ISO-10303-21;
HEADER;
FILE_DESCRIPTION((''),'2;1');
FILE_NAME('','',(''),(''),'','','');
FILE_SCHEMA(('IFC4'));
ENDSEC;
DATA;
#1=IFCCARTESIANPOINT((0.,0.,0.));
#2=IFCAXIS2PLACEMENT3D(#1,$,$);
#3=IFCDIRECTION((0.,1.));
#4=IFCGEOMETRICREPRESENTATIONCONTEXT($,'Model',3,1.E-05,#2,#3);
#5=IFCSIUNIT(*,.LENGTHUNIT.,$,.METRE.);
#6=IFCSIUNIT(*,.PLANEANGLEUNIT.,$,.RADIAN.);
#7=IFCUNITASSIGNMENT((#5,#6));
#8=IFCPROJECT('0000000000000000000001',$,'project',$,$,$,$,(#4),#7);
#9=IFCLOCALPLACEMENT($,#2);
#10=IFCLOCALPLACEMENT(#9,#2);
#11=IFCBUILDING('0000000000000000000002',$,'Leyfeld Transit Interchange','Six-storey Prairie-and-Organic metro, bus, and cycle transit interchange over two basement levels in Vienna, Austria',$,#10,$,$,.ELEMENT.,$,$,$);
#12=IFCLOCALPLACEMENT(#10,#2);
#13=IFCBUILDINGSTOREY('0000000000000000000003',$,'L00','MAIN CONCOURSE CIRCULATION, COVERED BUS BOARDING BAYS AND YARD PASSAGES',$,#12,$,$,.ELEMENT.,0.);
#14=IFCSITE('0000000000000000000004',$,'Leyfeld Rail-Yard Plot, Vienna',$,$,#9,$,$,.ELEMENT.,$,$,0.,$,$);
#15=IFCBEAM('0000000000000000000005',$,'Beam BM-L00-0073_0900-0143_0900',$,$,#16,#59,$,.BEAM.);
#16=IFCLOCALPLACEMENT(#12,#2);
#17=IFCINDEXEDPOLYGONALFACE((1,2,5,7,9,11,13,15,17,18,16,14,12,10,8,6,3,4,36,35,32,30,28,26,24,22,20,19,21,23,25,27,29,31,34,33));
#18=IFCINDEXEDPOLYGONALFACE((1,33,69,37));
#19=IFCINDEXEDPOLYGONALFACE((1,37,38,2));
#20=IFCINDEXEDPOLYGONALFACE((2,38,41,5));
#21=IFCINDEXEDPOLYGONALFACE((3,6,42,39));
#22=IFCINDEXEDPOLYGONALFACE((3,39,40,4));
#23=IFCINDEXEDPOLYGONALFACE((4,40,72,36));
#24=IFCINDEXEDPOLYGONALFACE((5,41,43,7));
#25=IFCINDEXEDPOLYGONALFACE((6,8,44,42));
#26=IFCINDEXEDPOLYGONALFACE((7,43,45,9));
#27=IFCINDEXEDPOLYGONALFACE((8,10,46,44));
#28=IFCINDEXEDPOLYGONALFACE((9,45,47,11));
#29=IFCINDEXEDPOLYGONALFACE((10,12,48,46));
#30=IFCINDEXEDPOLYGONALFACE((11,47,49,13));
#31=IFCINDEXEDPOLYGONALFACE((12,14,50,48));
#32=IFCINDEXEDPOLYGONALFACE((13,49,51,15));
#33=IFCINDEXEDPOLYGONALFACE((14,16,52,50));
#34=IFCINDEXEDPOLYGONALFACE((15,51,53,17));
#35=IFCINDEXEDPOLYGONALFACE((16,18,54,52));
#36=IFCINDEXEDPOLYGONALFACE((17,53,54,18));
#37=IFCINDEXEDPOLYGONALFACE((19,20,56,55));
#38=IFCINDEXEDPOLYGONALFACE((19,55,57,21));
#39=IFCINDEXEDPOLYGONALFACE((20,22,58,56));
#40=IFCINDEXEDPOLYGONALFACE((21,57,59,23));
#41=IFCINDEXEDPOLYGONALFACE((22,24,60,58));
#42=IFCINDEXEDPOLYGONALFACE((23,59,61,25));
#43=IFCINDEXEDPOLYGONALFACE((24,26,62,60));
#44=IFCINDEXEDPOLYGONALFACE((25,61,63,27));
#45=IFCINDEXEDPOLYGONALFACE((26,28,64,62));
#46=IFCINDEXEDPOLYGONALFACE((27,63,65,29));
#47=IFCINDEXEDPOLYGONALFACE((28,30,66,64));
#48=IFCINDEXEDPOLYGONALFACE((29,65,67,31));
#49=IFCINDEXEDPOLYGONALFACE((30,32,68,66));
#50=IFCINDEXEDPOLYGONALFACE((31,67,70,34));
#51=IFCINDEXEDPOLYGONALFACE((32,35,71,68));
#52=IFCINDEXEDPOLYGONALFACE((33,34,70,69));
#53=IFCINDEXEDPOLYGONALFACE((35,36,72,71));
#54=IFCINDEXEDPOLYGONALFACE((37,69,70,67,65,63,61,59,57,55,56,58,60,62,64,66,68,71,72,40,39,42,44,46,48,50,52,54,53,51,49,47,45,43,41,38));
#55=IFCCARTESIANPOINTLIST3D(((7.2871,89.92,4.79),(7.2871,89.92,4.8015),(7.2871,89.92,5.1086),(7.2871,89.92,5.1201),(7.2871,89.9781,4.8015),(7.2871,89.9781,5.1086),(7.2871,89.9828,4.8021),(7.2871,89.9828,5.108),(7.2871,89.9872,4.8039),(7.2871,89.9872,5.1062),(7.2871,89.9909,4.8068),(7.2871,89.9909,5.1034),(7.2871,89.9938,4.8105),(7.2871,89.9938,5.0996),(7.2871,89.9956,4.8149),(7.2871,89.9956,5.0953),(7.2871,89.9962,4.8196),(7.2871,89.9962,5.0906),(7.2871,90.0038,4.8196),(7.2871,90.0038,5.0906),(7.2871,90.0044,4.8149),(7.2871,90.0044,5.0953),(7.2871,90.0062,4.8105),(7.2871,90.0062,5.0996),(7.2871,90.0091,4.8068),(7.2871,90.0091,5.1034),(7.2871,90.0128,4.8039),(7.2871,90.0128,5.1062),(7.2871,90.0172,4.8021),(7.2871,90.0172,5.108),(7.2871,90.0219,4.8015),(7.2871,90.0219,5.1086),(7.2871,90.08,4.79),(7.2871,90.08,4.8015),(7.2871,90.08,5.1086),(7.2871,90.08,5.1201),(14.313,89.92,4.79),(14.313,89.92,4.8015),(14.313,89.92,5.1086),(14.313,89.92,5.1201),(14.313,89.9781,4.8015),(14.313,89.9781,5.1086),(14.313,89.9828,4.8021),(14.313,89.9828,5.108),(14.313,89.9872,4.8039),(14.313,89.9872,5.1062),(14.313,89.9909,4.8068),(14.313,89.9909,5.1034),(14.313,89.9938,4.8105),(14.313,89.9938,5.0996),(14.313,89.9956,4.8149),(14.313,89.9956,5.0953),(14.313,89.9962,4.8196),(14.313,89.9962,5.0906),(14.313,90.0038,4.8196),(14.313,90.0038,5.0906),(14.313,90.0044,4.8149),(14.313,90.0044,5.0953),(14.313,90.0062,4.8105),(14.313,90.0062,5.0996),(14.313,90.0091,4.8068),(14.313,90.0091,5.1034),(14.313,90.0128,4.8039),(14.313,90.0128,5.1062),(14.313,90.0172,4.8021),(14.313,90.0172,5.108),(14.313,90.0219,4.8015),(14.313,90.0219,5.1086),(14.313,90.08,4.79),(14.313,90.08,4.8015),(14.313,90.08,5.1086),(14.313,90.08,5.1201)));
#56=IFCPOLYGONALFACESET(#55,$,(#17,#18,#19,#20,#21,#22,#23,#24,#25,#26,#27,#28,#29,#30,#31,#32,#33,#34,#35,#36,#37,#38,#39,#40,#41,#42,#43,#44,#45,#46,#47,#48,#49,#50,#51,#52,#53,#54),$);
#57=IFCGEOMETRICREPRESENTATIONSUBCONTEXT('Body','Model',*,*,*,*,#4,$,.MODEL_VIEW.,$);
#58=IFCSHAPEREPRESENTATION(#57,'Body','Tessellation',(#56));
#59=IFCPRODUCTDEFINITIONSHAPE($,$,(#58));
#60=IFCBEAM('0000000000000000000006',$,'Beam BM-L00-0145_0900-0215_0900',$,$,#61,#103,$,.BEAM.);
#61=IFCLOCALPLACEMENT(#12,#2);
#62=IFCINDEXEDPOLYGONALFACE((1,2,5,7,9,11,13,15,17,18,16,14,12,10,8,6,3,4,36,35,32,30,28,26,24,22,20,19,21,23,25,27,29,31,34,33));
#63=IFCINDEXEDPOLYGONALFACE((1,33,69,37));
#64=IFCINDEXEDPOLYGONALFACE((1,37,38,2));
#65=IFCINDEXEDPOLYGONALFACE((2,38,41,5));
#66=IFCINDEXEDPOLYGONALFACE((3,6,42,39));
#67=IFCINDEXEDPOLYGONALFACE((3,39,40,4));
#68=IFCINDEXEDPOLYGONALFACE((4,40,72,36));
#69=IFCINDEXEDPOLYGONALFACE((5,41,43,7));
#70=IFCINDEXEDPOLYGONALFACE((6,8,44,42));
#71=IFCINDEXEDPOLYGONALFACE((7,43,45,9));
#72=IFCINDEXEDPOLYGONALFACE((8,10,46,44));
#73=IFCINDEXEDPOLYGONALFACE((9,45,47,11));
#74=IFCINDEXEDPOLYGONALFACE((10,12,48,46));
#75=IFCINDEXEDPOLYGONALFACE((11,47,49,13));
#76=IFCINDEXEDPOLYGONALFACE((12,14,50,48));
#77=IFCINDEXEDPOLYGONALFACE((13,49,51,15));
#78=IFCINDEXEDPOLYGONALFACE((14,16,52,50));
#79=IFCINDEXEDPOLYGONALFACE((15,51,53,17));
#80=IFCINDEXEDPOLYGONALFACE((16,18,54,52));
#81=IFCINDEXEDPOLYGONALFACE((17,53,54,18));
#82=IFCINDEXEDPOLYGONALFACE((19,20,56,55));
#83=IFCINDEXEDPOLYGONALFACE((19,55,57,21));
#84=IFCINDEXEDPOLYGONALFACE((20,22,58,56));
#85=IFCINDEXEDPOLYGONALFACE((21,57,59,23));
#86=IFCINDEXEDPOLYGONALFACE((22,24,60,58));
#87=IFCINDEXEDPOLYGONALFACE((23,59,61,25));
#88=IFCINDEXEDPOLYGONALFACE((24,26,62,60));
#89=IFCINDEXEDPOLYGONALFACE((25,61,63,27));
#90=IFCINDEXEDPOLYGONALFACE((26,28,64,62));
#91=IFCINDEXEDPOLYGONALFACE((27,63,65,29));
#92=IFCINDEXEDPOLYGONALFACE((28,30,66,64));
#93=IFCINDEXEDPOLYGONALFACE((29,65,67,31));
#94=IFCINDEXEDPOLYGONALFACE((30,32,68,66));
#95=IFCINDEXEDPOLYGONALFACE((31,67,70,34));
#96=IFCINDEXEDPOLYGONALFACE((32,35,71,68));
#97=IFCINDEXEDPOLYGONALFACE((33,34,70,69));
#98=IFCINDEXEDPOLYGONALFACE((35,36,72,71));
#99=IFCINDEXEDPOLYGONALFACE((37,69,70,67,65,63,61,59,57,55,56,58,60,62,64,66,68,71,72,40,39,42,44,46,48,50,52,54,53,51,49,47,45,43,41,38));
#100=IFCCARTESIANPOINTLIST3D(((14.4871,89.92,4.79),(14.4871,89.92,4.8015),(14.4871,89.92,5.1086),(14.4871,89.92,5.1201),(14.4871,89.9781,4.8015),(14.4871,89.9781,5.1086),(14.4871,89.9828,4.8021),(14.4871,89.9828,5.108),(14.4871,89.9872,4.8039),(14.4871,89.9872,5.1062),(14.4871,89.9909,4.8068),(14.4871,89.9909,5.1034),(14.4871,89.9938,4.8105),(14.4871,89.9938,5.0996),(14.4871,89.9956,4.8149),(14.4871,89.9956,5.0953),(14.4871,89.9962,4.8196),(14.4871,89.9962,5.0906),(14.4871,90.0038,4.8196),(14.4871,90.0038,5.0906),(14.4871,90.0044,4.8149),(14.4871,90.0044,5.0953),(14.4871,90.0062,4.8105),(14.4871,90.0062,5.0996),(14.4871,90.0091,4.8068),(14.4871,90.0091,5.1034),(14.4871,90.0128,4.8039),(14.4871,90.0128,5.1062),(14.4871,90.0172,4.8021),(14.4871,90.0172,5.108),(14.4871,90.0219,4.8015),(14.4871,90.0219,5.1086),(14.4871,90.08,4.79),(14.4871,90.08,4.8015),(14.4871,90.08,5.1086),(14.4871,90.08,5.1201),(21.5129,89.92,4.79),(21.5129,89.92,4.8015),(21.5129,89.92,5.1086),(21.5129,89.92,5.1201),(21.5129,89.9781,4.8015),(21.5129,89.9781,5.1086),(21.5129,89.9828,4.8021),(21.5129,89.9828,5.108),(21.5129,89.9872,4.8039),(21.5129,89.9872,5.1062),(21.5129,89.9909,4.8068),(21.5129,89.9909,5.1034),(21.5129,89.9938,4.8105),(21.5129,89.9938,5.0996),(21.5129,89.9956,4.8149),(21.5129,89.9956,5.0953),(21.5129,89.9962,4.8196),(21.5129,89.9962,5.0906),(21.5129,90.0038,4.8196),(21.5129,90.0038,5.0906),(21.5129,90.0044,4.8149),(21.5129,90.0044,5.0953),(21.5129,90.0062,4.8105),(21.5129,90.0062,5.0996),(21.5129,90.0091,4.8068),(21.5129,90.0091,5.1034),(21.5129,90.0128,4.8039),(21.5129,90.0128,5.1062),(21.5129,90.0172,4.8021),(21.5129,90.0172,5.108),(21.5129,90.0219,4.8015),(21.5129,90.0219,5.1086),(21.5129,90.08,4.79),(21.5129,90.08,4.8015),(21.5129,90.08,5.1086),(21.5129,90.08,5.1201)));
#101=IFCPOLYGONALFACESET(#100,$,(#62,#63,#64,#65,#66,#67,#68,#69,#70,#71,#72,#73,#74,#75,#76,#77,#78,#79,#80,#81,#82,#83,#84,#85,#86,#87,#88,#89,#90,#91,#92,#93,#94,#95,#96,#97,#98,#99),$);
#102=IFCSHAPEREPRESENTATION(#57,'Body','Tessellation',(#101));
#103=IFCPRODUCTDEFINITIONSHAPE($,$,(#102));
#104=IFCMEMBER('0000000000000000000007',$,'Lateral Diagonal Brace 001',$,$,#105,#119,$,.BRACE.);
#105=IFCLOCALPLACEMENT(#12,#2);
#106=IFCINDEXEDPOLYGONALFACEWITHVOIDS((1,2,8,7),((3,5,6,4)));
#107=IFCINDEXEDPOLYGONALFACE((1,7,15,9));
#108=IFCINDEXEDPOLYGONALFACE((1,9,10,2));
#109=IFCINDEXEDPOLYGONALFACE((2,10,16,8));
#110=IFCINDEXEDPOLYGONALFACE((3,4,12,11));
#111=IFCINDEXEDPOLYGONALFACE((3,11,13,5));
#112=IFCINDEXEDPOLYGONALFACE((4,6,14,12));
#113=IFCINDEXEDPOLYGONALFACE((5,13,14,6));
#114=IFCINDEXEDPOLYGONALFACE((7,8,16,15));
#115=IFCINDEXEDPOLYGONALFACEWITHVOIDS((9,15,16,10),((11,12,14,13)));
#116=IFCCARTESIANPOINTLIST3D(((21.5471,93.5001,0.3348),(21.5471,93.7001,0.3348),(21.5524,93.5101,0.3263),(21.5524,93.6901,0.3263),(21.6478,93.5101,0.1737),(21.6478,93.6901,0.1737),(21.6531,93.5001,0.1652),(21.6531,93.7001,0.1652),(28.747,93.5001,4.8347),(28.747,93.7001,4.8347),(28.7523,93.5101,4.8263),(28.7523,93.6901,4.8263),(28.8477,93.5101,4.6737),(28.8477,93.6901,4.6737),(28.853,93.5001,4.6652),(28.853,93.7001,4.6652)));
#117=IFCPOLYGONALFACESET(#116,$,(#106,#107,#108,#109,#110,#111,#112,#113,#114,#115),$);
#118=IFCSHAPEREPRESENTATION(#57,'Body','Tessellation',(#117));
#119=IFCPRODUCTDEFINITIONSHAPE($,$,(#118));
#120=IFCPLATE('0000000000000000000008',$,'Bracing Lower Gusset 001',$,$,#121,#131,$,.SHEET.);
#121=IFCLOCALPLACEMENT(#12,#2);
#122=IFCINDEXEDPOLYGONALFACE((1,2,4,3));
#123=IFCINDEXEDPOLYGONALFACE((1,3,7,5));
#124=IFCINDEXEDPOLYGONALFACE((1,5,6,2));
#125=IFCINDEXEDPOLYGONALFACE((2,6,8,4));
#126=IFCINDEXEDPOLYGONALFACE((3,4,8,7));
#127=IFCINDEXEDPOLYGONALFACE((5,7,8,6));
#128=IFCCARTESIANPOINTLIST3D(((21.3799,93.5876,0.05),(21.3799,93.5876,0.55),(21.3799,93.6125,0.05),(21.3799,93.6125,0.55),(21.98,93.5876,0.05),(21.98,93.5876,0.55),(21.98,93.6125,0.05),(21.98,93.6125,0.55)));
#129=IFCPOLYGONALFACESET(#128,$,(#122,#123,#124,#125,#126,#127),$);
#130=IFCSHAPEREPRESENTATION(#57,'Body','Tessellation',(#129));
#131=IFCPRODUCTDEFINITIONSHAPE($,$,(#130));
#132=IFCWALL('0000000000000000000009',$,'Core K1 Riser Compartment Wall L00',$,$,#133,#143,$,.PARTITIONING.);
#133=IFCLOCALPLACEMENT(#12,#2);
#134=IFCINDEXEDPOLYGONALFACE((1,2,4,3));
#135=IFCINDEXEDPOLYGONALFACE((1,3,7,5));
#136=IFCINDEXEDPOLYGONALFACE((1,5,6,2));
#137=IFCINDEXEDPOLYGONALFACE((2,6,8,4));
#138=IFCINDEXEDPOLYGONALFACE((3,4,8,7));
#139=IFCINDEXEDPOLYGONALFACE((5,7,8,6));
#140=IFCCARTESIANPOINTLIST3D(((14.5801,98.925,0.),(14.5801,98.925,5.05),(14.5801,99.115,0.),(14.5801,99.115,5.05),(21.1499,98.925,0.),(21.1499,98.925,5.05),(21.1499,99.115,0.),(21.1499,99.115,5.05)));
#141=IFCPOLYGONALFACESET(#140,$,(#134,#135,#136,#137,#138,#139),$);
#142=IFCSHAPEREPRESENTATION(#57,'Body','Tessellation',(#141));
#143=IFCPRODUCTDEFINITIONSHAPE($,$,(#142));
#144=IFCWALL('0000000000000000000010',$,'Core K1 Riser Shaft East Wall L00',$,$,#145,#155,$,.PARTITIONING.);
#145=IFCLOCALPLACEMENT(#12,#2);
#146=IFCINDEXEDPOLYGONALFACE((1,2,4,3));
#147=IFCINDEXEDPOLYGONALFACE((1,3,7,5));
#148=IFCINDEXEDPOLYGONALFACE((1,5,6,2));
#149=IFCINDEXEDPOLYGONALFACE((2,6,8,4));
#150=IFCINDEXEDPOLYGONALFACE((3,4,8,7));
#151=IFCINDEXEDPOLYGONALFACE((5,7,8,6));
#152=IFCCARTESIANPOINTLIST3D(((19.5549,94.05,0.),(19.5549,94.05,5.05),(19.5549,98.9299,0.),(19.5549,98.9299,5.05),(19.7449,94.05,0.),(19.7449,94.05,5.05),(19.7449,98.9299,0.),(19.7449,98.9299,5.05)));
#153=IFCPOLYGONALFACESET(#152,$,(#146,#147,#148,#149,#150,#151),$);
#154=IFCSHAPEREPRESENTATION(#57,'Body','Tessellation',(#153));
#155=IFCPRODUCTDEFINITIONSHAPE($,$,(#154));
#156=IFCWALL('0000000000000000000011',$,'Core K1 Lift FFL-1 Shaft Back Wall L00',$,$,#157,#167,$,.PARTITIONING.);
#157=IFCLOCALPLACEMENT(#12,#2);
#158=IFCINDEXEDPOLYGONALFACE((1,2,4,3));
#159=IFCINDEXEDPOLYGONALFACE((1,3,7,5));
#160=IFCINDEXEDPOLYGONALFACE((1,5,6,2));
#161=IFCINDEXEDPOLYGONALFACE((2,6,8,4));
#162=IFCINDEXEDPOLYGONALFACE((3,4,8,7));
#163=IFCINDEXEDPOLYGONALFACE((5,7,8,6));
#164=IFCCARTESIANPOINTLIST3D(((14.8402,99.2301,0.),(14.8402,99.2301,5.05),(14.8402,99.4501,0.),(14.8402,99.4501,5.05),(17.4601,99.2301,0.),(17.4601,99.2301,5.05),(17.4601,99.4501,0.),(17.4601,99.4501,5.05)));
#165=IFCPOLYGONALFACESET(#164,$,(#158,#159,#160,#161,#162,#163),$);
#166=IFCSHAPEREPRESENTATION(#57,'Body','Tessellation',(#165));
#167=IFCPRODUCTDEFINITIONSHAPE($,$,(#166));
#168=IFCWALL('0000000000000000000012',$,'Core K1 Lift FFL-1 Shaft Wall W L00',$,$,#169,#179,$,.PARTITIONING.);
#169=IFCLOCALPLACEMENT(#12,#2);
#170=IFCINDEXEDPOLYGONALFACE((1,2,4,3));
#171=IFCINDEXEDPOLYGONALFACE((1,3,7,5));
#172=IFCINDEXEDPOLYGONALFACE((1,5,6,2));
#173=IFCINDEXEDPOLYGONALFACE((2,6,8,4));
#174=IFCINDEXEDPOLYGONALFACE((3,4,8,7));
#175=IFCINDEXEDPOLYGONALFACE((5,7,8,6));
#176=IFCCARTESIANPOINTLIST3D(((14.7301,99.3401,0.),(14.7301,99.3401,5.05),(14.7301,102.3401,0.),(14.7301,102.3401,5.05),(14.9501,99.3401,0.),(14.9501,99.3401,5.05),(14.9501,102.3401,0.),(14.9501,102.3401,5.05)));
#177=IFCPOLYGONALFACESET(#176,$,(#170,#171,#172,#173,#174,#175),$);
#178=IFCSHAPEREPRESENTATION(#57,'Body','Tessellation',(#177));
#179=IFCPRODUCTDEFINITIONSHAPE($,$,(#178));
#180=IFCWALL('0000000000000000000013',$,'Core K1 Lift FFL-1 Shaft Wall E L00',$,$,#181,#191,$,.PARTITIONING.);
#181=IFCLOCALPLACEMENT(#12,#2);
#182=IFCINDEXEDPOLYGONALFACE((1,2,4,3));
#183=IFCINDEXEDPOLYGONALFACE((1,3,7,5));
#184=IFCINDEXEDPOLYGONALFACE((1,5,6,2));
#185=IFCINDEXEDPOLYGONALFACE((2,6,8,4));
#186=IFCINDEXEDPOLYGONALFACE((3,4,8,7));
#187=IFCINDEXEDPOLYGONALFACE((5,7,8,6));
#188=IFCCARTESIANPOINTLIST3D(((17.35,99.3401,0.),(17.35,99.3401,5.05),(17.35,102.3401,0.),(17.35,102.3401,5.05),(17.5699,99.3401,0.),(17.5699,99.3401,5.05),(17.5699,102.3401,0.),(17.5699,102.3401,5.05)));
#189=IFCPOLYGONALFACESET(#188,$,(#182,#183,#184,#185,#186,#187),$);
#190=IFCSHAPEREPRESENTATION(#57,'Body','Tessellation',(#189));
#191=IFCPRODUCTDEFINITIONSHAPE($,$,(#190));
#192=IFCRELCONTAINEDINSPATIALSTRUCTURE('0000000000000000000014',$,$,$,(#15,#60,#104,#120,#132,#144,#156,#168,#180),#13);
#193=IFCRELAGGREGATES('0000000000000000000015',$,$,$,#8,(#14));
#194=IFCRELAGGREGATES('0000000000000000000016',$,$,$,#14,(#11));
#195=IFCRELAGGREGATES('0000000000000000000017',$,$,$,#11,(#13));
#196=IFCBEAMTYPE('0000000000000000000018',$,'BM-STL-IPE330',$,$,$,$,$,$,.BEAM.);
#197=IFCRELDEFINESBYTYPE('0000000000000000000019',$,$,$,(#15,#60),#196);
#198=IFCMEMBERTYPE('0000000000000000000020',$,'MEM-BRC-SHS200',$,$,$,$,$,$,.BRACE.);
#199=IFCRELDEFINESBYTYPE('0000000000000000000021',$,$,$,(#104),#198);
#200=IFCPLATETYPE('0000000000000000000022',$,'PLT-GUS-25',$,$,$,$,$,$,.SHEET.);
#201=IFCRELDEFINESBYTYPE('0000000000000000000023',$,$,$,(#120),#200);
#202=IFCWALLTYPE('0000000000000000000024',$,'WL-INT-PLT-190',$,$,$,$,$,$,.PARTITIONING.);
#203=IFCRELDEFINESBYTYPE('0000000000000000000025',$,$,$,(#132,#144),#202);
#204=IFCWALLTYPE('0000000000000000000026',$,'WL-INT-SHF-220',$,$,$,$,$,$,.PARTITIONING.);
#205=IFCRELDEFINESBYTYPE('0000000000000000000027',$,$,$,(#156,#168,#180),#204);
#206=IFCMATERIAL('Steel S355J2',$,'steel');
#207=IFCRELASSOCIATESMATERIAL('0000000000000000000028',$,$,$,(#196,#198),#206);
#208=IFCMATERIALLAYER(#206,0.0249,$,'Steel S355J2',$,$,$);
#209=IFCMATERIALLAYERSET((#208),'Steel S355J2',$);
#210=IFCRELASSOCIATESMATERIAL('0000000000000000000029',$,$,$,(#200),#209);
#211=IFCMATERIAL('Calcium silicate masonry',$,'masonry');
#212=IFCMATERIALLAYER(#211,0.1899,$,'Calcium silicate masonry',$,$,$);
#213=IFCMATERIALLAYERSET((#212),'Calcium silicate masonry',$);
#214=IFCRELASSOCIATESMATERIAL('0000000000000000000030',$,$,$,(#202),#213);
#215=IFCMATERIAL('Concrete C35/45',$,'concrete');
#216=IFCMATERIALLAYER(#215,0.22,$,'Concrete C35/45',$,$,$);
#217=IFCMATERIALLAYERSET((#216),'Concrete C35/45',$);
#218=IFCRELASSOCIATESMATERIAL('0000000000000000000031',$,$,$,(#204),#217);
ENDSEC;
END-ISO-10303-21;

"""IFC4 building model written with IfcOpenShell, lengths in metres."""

from ifc_helpers import new_model, si_unit, direction, frame, frame_2d, origin, origin_2d, place, context, subcontext, project, spatial, rectangle, hollow_rectangle, i_section, extrude, material, layer, layer_set, material_profile, profile_set, type_object, element, save


model = new_model("IFC4")

# Units and contexts
model_context = context("Model", 3, precision=1e-05, world=origin(), true_north=direction((0.0, 1.0)))
body_context = subcontext(model_context, "Body", "Model", "MODEL_VIEW")
ifc_project = project(units=[si_unit("LENGTHUNIT", "METRE"), si_unit("PLANEANGLEUNIT", "RADIAN")], contexts=[model_context])

# Site, building, storey
site_placement = place(None, origin())
site = spatial("IfcSite", under=ifc_project, at=site_placement, Name="Leyfeld Rail-Yard Plot, Vienna", CompositionType="ELEMENT", RefElevation=0.0)
building_placement = place(site_placement, origin())
building = spatial("IfcBuilding", under=site, at=building_placement, Name="Leyfeld Transit Interchange", Description="Six-storey Prairie-and-Organic metro, bus, and cycle transit interchange over two basement levels in Vienna, Austria", CompositionType="ELEMENT")
storey_placement = place(building_placement, origin())
storey = spatial("IfcBuildingStorey", under=building, at=storey_placement, Name="L00", Description="MAIN CONCOURSE CIRCULATION, COVERED BUS BOARDING BAYS AND YARD PASSAGES", CompositionType="ELEMENT", Elevation=0.0)

# Shared definitions
ifc_material_1 = material(Name="Concrete C35/45", Category="concrete")

# Beams
ifc_material_2 = material(Name="Steel S355J2", Category="steel")
ifc_material_profile_1 = material_profile(ifc_material_2, i_section(OverallWidth=0.1599, OverallDepth=0.3301, WebThickness=0.0076, FlangeThickness=0.0115, FilletRadius=0.0181, at=origin_2d()), Name="IPE 330")
ifc_profile_set_1 = profile_set([ifc_material_profile_1], Name="Steel S355J2")
beam_type_1 = type_object("IfcBeamType", Name="BM-STL-IPE330", PredefinedType="BEAM", material=ifc_profile_set_1)
for number, where, z_axis, x_axis, name in (
    (1, (7.2871, 90.0, 4.9551), (1.0, 0.0, 0.0), (0.0, 1.0, 0.0), "Beam BM-L00-0073_0900-0143_0900"),
    (2, (14.4871, 90.0, 4.9551), (1.0, 0.0, 0.0), (0.0, 1.0, 0.0), "Beam BM-L00-0145_0900-0215_0900"),
):
    element("IfcBeam", number, at=place(storey_placement, frame(where, z_axis=z_axis, x_axis=x_axis)), inside=storey, type_object=beam_type_1, Name=name, PredefinedType="BEAM", context=body_context, shape_type="SweptSolid", body=[
        extrude(i_section(OverallWidth=0.1599, OverallDepth=0.3301, WebThickness=0.0076, FlangeThickness=0.0115, FilletRadius=0.0181, at=origin_2d()), origin(), (0.0, 0.0, 1.0), 7.0259),
    ])

# Member
ifc_material_profile_2 = material_profile(ifc_material_2, hollow_rectangle(XDim=0.2, YDim=0.2, WallThickness=0.01, at=origin_2d()), Name="SHS 200x200x10")
ifc_profile_set_2 = profile_set([ifc_material_profile_2], Name="Steel S355J2")
member_type = type_object("IfcMemberType", Name="MEM-BRC-SHS200", PredefinedType="BRACE", material=ifc_profile_set_2)
member_placement = place(storey_placement, frame((21.6001, 93.6001, 0.25), z_axis=(0.847997, 0.0, 0.530002), x_axis=(0.0, 1.0, 0.0)))
element("IfcMember", 3, at=member_placement, inside=storey, type_object=member_type, Name="Lateral Diagonal Brace 001", PredefinedType="BRACE", context=body_context, shape_type="SweptSolid", body=[
    extrude(hollow_rectangle(XDim=0.2, YDim=0.2, WallThickness=0.01, at=origin_2d()), origin(), (0.0, 0.0, 1.0), 8.4905),
])

# Plate
ifc_layer_1 = layer(ifc_material_2, 0.0249, Name="Steel S355J2")
ifc_layer_set_1 = layer_set([ifc_layer_1], Name="Steel S355J2")
plate_type = type_object("IfcPlateType", Name="PLT-GUS-25", PredefinedType="SHEET", material=ifc_layer_set_1)
plate_placement = place(storey_placement, frame((21.6799, 93.6001, 0.05), z_axis=(0.0, 0.0, 1.0), x_axis=(1.0, 0.0, 0.0)))
element("IfcPlate", 4, at=plate_placement, inside=storey, type_object=plate_type, Name="Bracing Lower Gusset 001", PredefinedType="SHEET", context=body_context, shape_type="SweptSolid", body=[
    extrude(rectangle(XDim=0.6001, YDim=0.0249, at=origin_2d()), origin(), (0.0, 0.0, 1.0), 0.5),
])

# Walls
ifc_material_3 = material(Name="Calcium silicate masonry", Category="masonry")
ifc_layer_2 = layer(ifc_material_3, 0.1899, Name="Calcium silicate masonry")
ifc_layer_set_2 = layer_set([ifc_layer_2], Name="Calcium silicate masonry")
wall_type_1 = type_object("IfcWallType", Name="WL-INT-PLT-190", PredefinedType="PARTITIONING", material=ifc_layer_set_2)
wall_1_placement = place(storey_placement, frame((14.5801, 99.02, 0.0), z_axis=(0.0, 0.0, 1.0), x_axis=(1.0, 0.0, 0.0)))
element("IfcWall", 5, at=wall_1_placement, inside=storey, type_object=wall_type_1, Name="Core K1 Riser Compartment Wall L00", PredefinedType="PARTITIONING", context=body_context, shape_type="SweptSolid", body=[
    extrude(rectangle(XDim=6.5698, YDim=0.1899, at=frame_2d((3.2849, 0.0))), origin(), (0.0, 0.0, 1.0), 5.05),
])
wall_2_placement = place(storey_placement, frame((19.6499, 94.05, 0.0), z_axis=(0.0, 0.0, 1.0), x_axis=(0.0, 1.0, 0.0)))
element("IfcWall", 6, at=wall_2_placement, inside=storey, type_object=wall_type_1, Name="Core K1 Riser Shaft East Wall L00", PredefinedType="PARTITIONING", context=body_context, shape_type="SweptSolid", body=[
    extrude(rectangle(XDim=4.8799, YDim=0.1899, at=frame_2d((2.4399, 0.0))), origin(), (0.0, 0.0, 1.0), 5.05),
])
ifc_layer_3 = layer(ifc_material_1, 0.22, Name="Concrete C35/45")
ifc_layer_set_3 = layer_set([ifc_layer_3], Name="Concrete C35/45")
wall_type_2 = type_object("IfcWallType", Name="WL-INT-SHF-220", PredefinedType="PARTITIONING", material=ifc_layer_set_3)
wall_3_placement = place(storey_placement, frame((14.8401, 99.3401, 0.0), z_axis=(0.0, 0.0, 1.0), x_axis=(1.0, 0.0, 0.0)))
element("IfcWall", 7, at=wall_3_placement, inside=storey, type_object=wall_type_2, Name="Core K1 Lift FFL-1 Shaft Back Wall L00", PredefinedType="PARTITIONING", context=body_context, shape_type="SweptSolid", body=[
    extrude(rectangle(XDim=2.6199, YDim=0.22, at=frame_2d((1.3101, 0.0))), origin(), (0.0, 0.0, 1.0), 5.05),
])
for number, where, z_axis, x_axis, name in (
    (8, (14.8401, 99.3401, 0.0), (0.0, 0.0, 1.0), (0.0, 1.0, 0.0), "Core K1 Lift FFL-1 Shaft Wall W L00"),
    (9, (17.46, 99.3401, 0.0), (0.0, 0.0, 1.0), (0.0, 1.0, 0.0), "Core K1 Lift FFL-1 Shaft Wall E L00"),
):
    element("IfcWall", number, at=place(storey_placement, frame(where, z_axis=z_axis, x_axis=x_axis)), inside=storey, type_object=wall_type_2, Name=name, PredefinedType="PARTITIONING", context=body_context, shape_type="SweptSolid", body=[
        extrude(rectangle(XDim=3.0, YDim=0.22, at=frame_2d((1.5, 0.0))), origin(), (0.0, 0.0, 1.0), 5.05),
    ])

save(model, "model.ifc")
